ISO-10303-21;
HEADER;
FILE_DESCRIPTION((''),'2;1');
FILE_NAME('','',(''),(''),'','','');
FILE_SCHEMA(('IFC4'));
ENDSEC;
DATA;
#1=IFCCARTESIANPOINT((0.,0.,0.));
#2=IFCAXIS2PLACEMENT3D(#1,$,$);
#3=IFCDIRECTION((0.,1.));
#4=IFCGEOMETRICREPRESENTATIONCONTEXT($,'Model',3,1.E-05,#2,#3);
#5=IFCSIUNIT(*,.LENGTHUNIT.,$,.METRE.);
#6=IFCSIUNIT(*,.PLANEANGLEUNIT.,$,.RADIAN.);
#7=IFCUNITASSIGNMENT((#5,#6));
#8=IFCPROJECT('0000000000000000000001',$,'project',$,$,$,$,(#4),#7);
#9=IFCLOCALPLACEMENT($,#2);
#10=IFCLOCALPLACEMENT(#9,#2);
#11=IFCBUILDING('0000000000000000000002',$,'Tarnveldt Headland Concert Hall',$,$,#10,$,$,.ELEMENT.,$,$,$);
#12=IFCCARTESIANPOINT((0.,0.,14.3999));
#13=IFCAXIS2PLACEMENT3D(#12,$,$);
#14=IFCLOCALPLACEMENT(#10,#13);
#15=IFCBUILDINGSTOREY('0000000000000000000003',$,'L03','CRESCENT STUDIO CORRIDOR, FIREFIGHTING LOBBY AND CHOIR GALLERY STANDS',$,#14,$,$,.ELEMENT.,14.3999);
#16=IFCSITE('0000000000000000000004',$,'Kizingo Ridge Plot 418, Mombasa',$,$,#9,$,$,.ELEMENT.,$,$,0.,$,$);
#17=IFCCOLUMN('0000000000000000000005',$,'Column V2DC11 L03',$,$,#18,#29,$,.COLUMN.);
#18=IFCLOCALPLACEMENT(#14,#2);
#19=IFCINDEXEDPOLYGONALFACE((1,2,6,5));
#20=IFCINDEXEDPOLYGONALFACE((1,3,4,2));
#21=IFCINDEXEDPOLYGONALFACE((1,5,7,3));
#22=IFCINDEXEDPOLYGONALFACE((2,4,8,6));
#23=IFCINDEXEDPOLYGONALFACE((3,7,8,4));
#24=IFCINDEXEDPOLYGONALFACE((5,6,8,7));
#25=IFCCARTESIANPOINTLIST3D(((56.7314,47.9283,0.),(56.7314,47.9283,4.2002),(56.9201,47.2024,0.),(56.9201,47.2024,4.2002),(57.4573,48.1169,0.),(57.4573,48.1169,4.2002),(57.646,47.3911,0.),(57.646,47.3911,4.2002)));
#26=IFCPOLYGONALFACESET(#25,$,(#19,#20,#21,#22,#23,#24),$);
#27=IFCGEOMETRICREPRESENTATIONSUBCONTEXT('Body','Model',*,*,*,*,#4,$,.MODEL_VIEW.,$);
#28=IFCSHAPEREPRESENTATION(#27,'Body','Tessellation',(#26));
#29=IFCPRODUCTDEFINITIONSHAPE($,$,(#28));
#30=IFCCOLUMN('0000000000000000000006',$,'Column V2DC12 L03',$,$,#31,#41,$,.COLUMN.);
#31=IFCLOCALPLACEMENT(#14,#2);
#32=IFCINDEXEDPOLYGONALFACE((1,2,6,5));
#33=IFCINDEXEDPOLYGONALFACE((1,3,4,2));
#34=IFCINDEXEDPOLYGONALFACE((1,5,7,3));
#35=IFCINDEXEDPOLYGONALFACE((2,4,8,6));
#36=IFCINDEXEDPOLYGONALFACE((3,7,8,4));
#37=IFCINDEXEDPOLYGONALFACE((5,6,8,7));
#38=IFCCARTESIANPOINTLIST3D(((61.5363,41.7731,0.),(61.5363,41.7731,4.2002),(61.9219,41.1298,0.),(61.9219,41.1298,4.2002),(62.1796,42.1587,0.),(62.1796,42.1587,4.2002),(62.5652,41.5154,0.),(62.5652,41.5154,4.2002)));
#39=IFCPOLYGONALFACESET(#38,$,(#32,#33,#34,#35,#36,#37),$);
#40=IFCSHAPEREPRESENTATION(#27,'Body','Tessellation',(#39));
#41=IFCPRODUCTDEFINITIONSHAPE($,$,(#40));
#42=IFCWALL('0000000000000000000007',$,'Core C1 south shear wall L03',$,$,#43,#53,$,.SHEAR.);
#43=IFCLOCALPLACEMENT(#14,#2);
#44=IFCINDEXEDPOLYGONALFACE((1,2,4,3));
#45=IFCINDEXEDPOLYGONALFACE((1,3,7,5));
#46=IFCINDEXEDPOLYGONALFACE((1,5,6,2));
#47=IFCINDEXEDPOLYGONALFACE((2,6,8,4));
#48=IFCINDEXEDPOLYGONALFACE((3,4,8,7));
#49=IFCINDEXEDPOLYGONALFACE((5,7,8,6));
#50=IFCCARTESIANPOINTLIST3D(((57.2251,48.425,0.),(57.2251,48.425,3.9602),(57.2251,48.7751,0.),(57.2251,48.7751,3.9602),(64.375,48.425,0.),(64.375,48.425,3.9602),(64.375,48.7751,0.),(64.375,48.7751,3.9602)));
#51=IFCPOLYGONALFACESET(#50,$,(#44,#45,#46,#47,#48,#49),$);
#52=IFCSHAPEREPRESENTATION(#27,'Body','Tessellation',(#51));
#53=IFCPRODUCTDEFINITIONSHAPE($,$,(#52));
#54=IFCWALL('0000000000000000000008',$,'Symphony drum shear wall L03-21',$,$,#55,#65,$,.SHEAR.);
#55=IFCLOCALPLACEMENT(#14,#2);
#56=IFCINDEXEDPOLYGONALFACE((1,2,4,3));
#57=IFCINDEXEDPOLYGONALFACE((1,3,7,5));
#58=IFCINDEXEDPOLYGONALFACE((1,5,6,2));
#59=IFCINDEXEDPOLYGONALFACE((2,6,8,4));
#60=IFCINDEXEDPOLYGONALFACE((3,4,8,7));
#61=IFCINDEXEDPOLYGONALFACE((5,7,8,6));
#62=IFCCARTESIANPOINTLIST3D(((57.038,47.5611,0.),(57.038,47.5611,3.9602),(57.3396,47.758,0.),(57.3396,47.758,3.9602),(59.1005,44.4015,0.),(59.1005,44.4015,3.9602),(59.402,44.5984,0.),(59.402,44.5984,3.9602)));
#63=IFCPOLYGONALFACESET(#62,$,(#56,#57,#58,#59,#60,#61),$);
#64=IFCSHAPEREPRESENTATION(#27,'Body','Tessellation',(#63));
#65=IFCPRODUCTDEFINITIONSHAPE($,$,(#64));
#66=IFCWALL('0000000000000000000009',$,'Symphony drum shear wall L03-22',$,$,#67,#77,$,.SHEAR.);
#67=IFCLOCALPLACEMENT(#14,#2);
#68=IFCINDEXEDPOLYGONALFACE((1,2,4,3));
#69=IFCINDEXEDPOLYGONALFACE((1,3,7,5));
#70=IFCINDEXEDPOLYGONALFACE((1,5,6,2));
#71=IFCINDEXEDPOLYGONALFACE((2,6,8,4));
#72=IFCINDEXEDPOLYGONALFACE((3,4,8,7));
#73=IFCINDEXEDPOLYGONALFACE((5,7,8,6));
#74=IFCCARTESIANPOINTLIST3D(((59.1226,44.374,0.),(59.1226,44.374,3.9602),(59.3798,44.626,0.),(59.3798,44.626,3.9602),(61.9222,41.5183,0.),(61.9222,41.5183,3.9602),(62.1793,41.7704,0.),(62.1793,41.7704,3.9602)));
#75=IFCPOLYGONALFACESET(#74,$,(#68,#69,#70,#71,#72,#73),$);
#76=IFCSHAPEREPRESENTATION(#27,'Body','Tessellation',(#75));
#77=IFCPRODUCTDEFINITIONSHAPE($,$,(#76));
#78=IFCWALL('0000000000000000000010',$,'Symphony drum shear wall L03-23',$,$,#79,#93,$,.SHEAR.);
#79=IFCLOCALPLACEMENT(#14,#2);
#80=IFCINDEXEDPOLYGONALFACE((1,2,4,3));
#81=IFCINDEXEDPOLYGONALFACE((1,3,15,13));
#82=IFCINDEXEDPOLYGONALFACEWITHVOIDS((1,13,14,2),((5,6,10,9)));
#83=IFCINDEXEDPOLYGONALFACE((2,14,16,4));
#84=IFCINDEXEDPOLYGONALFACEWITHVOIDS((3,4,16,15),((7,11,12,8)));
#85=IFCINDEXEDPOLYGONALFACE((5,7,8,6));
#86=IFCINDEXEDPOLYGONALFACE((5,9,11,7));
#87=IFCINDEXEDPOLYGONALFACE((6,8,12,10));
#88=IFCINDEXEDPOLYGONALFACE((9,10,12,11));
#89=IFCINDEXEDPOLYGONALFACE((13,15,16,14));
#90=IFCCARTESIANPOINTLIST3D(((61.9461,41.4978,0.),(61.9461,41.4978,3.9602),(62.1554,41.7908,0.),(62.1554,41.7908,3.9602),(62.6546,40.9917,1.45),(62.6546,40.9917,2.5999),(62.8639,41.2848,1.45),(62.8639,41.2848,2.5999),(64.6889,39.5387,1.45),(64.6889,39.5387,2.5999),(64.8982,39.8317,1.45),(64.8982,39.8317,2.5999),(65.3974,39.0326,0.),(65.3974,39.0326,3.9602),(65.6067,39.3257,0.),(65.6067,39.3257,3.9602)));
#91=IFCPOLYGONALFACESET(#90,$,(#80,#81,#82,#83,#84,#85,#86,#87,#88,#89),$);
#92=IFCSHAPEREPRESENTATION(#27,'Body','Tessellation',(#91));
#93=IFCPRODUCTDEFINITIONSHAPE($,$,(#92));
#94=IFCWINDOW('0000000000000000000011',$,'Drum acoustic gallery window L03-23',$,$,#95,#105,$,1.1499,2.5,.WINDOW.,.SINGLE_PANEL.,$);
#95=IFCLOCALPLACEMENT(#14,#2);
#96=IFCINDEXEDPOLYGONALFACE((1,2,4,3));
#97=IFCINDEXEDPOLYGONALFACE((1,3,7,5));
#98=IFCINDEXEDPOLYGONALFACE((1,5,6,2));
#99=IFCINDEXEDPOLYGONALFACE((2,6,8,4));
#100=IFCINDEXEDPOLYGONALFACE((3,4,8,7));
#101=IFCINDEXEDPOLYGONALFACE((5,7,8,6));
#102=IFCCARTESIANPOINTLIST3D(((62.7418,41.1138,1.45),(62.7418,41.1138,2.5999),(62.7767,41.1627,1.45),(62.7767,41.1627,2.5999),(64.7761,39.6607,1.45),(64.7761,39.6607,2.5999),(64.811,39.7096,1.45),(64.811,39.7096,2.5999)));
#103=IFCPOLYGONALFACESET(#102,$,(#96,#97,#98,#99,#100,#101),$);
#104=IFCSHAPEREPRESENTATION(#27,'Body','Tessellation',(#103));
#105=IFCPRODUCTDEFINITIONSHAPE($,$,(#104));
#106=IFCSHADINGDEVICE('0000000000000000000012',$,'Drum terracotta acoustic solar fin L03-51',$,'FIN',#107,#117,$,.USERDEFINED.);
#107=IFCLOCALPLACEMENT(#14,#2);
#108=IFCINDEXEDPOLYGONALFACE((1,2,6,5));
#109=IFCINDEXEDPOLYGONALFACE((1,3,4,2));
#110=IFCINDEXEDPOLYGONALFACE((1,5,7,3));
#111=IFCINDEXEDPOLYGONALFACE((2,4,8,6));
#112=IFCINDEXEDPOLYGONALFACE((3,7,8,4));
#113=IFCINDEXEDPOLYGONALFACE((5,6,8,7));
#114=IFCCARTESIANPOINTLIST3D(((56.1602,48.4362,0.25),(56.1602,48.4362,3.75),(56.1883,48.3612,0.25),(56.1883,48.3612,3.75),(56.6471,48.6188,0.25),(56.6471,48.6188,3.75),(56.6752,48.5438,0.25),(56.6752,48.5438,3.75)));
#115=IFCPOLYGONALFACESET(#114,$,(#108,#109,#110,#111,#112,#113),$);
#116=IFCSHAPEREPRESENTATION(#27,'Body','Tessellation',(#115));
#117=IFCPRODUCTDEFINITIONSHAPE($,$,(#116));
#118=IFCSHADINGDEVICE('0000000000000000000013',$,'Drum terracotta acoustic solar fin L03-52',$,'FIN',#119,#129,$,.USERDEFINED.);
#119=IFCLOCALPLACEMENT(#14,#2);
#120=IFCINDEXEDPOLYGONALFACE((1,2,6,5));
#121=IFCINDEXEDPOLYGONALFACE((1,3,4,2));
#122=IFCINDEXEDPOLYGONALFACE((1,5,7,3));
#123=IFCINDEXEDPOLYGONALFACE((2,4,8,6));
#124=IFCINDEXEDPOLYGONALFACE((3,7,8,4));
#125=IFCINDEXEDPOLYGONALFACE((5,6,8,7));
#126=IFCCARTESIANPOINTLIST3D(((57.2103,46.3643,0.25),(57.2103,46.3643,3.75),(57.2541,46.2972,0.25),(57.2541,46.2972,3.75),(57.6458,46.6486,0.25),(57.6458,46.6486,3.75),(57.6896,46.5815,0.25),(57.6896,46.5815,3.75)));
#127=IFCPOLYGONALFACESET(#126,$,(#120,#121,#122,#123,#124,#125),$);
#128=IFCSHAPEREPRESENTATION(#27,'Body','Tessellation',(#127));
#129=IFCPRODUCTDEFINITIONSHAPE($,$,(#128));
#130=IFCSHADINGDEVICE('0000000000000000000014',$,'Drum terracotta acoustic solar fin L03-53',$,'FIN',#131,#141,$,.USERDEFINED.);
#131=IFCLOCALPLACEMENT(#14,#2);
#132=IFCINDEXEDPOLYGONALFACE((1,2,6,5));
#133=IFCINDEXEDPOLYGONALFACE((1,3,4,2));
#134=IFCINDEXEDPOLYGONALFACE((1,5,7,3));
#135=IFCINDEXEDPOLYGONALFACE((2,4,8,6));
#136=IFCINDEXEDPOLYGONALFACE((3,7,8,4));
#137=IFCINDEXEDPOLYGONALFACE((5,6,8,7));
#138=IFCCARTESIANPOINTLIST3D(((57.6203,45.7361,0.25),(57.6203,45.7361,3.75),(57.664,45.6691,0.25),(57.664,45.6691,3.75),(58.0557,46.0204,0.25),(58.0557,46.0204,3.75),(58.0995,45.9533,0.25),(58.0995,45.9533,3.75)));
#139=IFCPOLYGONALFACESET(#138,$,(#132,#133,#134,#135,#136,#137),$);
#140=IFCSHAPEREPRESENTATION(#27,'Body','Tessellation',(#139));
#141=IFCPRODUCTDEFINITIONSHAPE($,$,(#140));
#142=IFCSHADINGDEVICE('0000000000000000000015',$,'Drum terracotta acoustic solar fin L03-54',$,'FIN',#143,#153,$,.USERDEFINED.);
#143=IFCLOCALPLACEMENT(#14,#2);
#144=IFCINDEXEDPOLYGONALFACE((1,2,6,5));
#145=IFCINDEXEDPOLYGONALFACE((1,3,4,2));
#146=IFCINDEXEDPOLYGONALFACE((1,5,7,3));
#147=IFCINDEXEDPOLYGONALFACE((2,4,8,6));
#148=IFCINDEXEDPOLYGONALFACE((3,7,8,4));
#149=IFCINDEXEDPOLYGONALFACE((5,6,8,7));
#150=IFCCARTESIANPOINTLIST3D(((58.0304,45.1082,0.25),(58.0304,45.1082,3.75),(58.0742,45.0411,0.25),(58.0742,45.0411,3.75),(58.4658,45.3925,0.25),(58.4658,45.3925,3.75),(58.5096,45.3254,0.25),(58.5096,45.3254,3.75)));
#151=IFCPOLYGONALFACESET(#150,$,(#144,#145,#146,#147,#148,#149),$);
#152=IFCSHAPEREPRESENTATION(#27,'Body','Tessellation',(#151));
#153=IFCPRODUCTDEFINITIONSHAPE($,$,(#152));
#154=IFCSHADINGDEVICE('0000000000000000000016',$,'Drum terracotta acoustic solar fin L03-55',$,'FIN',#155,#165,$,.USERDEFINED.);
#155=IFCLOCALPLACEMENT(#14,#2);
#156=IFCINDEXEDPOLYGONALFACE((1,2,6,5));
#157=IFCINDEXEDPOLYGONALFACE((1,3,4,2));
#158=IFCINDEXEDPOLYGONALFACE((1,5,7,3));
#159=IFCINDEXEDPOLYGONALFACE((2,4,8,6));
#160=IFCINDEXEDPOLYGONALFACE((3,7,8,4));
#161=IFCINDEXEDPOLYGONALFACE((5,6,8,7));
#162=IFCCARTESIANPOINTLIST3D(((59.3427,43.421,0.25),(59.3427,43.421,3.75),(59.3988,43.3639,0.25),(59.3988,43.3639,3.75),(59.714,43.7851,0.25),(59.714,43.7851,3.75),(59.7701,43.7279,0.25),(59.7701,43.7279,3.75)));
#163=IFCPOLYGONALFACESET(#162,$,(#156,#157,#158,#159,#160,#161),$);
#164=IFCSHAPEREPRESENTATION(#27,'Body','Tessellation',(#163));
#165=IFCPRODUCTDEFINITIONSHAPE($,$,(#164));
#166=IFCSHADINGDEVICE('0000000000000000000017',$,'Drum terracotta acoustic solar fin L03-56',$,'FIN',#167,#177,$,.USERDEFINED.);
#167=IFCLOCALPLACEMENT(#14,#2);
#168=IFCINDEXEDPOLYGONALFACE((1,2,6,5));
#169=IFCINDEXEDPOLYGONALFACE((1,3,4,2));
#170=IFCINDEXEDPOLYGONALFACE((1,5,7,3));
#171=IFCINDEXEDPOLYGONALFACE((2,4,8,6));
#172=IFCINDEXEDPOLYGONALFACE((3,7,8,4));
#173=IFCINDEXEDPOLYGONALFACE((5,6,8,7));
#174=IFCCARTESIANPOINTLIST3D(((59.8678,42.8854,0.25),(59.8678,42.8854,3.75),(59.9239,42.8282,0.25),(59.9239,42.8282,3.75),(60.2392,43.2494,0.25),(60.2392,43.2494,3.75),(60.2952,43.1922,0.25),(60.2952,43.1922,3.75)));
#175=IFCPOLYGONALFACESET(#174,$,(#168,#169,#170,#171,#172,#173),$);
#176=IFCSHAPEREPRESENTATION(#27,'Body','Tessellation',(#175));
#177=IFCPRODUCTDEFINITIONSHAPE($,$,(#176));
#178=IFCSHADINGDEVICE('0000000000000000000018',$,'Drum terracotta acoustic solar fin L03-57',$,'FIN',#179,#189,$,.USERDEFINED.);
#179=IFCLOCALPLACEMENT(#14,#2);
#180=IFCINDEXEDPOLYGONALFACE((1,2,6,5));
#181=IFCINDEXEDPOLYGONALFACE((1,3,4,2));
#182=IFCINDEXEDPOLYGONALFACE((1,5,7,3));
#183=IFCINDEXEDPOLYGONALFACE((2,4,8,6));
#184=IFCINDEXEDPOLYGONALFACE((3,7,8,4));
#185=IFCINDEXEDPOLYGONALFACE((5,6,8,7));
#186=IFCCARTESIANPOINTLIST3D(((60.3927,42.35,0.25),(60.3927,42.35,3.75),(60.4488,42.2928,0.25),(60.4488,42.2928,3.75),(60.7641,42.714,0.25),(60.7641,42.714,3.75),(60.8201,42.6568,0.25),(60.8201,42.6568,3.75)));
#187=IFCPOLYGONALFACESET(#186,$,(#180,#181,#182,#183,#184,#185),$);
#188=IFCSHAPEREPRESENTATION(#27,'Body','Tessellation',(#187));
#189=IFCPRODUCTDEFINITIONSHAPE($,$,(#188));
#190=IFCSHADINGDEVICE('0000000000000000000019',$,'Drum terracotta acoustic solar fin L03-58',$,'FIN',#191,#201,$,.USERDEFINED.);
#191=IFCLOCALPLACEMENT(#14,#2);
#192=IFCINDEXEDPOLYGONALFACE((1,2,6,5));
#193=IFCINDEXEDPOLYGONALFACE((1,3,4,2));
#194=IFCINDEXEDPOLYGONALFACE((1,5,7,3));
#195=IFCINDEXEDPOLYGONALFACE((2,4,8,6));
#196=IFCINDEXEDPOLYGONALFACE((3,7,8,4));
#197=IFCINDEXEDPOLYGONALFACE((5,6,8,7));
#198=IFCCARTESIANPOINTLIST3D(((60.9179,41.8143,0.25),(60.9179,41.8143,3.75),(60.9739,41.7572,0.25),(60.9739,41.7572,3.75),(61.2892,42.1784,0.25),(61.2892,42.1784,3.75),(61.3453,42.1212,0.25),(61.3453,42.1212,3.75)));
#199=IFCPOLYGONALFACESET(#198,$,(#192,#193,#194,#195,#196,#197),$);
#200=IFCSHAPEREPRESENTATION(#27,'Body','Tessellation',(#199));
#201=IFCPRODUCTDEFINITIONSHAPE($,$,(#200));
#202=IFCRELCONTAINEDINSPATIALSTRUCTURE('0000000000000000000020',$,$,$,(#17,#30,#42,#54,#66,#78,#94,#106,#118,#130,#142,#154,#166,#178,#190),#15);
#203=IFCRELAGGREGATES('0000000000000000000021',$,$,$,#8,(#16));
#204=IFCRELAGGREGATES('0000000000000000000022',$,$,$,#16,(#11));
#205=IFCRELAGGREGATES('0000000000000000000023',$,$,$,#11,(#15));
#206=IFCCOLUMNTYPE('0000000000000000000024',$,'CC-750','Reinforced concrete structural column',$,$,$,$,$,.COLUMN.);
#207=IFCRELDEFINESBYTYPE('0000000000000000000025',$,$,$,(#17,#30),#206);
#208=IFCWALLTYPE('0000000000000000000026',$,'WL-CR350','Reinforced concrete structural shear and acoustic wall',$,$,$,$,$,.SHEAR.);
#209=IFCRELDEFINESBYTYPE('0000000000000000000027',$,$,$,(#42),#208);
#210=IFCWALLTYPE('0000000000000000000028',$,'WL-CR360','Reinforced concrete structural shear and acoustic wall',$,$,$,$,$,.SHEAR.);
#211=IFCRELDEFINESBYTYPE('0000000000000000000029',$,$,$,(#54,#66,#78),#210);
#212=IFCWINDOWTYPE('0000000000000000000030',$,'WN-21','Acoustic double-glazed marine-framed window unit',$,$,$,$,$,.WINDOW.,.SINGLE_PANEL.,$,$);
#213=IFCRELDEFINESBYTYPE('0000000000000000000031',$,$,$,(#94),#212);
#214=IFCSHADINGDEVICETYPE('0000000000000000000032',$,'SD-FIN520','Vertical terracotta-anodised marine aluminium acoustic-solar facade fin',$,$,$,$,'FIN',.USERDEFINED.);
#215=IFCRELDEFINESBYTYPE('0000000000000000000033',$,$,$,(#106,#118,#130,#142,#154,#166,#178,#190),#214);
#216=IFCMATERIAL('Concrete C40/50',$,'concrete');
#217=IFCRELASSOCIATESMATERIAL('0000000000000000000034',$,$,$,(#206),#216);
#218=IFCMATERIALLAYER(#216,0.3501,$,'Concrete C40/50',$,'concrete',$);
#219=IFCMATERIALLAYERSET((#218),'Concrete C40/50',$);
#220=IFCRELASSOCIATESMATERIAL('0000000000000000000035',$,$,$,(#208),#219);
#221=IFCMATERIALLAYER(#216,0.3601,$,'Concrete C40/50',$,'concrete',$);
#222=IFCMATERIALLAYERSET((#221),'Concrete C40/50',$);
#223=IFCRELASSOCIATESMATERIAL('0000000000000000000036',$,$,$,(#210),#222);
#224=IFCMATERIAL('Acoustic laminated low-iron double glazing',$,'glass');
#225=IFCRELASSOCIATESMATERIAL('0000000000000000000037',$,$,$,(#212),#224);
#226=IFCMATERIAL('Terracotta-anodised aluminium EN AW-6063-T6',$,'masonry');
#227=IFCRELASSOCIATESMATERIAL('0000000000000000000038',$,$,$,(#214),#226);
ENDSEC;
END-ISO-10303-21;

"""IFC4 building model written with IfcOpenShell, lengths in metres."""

from ifc_helpers import new_model, si_unit, direction, frame, frame_2d, origin, origin_2d, place, context, subcontext, project, spatial, rectangle, extrude, material, layer, layer_set, material_profile, profile_set, type_object, element, fill, save


model = new_model("IFC4")

# Units and contexts
model_context = context("Model", 3, precision=1e-05, world=origin(), true_north=direction((0.0, 1.0)))
body_context = subcontext(model_context, "Body", "Model", "MODEL_VIEW")
ifc_project = project(units=[si_unit("LENGTHUNIT", "METRE"), si_unit("PLANEANGLEUNIT", "RADIAN")], contexts=[model_context])

# Site, building, storey
site_placement = place(None, origin())
site = spatial("IfcSite", under=ifc_project, at=site_placement, Name="Kizingo Ridge Plot 418, Mombasa", CompositionType="ELEMENT", RefElevation=0.0)
building_placement = place(site_placement, origin())
building = spatial("IfcBuilding", under=site, at=building_placement, Name="Tarnveldt Headland Concert Hall", CompositionType="ELEMENT")
storey_placement = place(building_placement, frame((0.0, 0.0, 14.3999)))
storey = spatial("IfcBuildingStorey", under=building, at=storey_placement, Name="L03", Description="CRESCENT STUDIO CORRIDOR, FIREFIGHTING LOBBY AND CHOIR GALLERY STANDS", CompositionType="ELEMENT", Elevation=14.3999)

# Columns
ifc_material_1 = material(Name="Concrete C40/50", Category="concrete")
ifc_material_profile = material_profile(ifc_material_1, rectangle(XDim=0.75, YDim=0.75, at=origin_2d()), Name="RC 750x750", Category="concrete")
ifc_profile_set = profile_set([ifc_material_profile], Name="Concrete C40/50")
column_type = type_object("IfcColumnType", Name="CC-750", Description="Reinforced concrete structural column", PredefinedType="COLUMN", material=ifc_profile_set)
for number, where, z_axis, x_axis, name in (
    (1, (57.1887, 47.6597, 0.0), (0.0, 0.0, 1.0), (-0.967841, -0.251563, 0.0), "Column V2DC11 L03"),
    (2, (62.0508, 41.6443, 0.0), (0.0, 0.0, 1.0), (-0.857706, -0.51414, 0.0), "Column V2DC12 L03"),
):
    element("IfcColumn", number, at=place(storey_placement, frame(where, z_axis=z_axis, x_axis=x_axis)), inside=storey, type_object=column_type, Name=name, PredefinedType="COLUMN", context=body_context, shape_type="SweptSolid", body=[
        extrude(rectangle(XDim=0.75, YDim=0.75, at=origin_2d()), origin(), (0.0, 0.0, 1.0), 4.2002),
    ])

# Walls
ifc_layer_1 = layer(ifc_material_1, 0.3501, Name="Concrete C40/50", Category="concrete")
ifc_layer_set_1 = layer_set([ifc_layer_1], Name="Concrete C40/50")
wall_type_1 = type_object("IfcWallType", Name="WL-CR350", Description="Reinforced concrete structural shear and acoustic wall", PredefinedType="SHEAR", material=ifc_layer_set_1)
wall_1_placement = place(storey_placement, frame((57.2251, 48.6001, 0.0), z_axis=(0.0, 0.0, 1.0), x_axis=(1.0, 0.0, 0.0)))
element("IfcWall", 3, at=wall_1_placement, inside=storey, type_object=wall_type_1, Name="Core C1 south shear wall L03", PredefinedType="SHEAR", context=body_context, shape_type="SweptSolid", body=[
    extrude(rectangle(XDim=7.1499, YDim=0.3501, at=frame_2d((3.575, 0.0))), origin(), (0.0, 0.0, 1.0), 3.9602),
])
ifc_layer_2 = layer(ifc_material_1, 0.3601, Name="Concrete C40/50", Category="concrete")
ifc_layer_set_2 = layer_set([ifc_layer_2], Name="Concrete C40/50")
wall_type_2 = type_object("IfcWallType", Name="WL-CR360", Description="Reinforced concrete structural shear and acoustic wall", PredefinedType="SHEAR", material=ifc_layer_set_2)
wall_2_placement = place(storey_placement, frame((57.1887, 47.6597, 0.0), z_axis=(0.0, 0.0, 1.0), x_axis=(0.546611, -0.837387, 0.0)))
element("IfcWall", 4, at=wall_2_placement, inside=storey, type_object=wall_type_2, Name="Symphony drum shear wall L03-21", PredefinedType="SHEAR", context=body_context, shape_type="SweptSolid", body=[
    extrude(rectangle(XDim=3.7732, YDim=0.3601, at=frame_2d((1.8867, 0.0))), origin(), (0.0, 0.0, 1.0), 3.9602),
])
wall_3_placement = place(storey_placement, frame((59.2512, 44.5, 0.0), z_axis=(0.0, 0.0, 1.0), x_axis=(0.700051, -0.714093, 0.0)))
element("IfcWall", 5, at=wall_3_placement, inside=storey, type_object=wall_type_2, Name="Symphony drum shear wall L03-22", PredefinedType="SHEAR", context=body_context, shape_type="SweptSolid", body=[
    extrude(rectangle(XDim=3.999, YDim=0.3601, at=frame_2d((1.9995, 0.0))), origin(), (0.0, 0.0, 1.0), 3.9602),
])

# Wall, opening, window
wall_4_placement = place(storey_placement, frame((62.0508, 41.6443, 0.0), z_axis=(0.0, 0.0, 1.0), x_axis=(0.813737, -0.581233, 0.0)))
wall_4 = element("IfcWall", 6, at=wall_4_placement, inside=storey, type_object=wall_type_2, Name="Symphony drum shear wall L03-23", PredefinedType="SHEAR", context=body_context, shape_type="SweptSolid", body=[
    extrude(rectangle(XDim=4.2412, YDim=0.3601, at=frame_2d((2.1206, 0.0))), origin(), (0.0, 0.0, 1.0), 3.9602),
])
opening_placement = place(wall_4_placement, frame((0.8706, 0.0, 1.45)))
opening = element("IfcOpeningElement", 7, at=opening_placement, cuts=wall_4, PredefinedType="OPENING", context=body_context, shape_type="SweptSolid", body=[
    extrude(rectangle(XDim=2.5, YDim=1.1499, at=frame_2d((1.25, 0.575))), frame((0.0, 0.1899, 0.0), z_axis=(0.0, -1.0, 0.0), x_axis=(1.0, 0.0, 0.0)), (0.0, 0.0, 1.0), 0.3801),
])
ifc_material_2 = material(Name="Acoustic laminated low-iron double glazing", Category="glass")
window_type = type_object("IfcWindowType", Name="WN-21", Description="Acoustic double-glazed marine-framed window unit", PartitioningType="SINGLE_PANEL", PredefinedType="WINDOW", material=ifc_material_2)
window_placement = place(opening_placement, origin())
window = element("IfcWindow", 8, at=window_placement, inside=storey, type_object=window_type, Name="Drum acoustic gallery window L03-23", OverallHeight=1.1499, OverallWidth=2.5, PartitioningType="SINGLE_PANEL", PredefinedType="WINDOW", context=body_context, shape_type="SweptSolid", body=[
    extrude(rectangle(XDim=2.5, YDim=1.1499, at=frame_2d((1.25, 0.575))), frame((0.0, 0.03, 0.0), z_axis=(0.0, -1.0, 0.0), x_axis=(1.0, 0.0, 0.0)), (0.0, 0.0, 1.0), 0.0601),
])
fill(opening, window)

# Shading devices
ifc_material_3 = material(Name="Terracotta-anodised aluminium EN AW-6063-T6", Category="masonry")
shading_device_type = type_object("IfcShadingDeviceType", Name="SD-FIN520", Description="Vertical terracotta-anodised marine aluminium acoustic-solar facade fin", ElementType="FIN", PredefinedType="USERDEFINED", material=ifc_material_3)
for number, where, z_axis, x_axis, name in (
    (9, (56.4177, 48.49, 0.25), (0.0, 0.0, 1.0), (-0.936305, -0.351188, 0.0), "Drum terracotta acoustic solar fin L03-51"),
    (10, (57.45, 46.4729, 0.25), (0.0, 0.0, 1.0), (-0.837337, -0.546687, 0.0), "Drum terracotta acoustic solar fin L03-52"),
    (11, (57.8599, 45.8447, 0.25), (0.0, 0.0, 1.0), (-0.837337, -0.546687, 0.0), "Drum terracotta acoustic solar fin L03-53"),
    (12, (58.27, 45.2168, 0.25), (0.0, 0.0, 1.0), (-0.837337, -0.546687, 0.0), "Drum terracotta acoustic solar fin L03-54"),
    (13, (59.5564, 43.5745, 0.25), (0.0, 0.0, 1.0), (-0.714106, -0.700037, 0.0), "Drum terracotta acoustic solar fin L03-55"),
    (14, (60.0815, 43.0388, 0.25), (0.0, 0.0, 1.0), (-0.714106, -0.700037, 0.0), "Drum terracotta acoustic solar fin L03-56"),
    (15, (60.6064, 42.5034, 0.25), (0.0, 0.0, 1.0), (-0.714106, -0.700037, 0.0), "Drum terracotta acoustic solar fin L03-57"),
    (16, (61.1316, 41.9678, 0.25), (0.0, 0.0, 1.0), (-0.714106, -0.700037, 0.0), "Drum terracotta acoustic solar fin L03-58"),
):
    element("IfcShadingDevice", number, at=place(storey_placement, frame(where, z_axis=z_axis, x_axis=x_axis)), inside=storey, type_object=shading_device_type, Name=name, ObjectType="FIN", PredefinedType="USERDEFINED", context=body_context, shape_type="SweptSolid", body=[
        extrude(rectangle(XDim=0.52, YDim=0.0801, at=origin_2d()), origin(), (0.0, 0.0, 1.0), 3.5),
    ])

save(model, "model.ifc")
